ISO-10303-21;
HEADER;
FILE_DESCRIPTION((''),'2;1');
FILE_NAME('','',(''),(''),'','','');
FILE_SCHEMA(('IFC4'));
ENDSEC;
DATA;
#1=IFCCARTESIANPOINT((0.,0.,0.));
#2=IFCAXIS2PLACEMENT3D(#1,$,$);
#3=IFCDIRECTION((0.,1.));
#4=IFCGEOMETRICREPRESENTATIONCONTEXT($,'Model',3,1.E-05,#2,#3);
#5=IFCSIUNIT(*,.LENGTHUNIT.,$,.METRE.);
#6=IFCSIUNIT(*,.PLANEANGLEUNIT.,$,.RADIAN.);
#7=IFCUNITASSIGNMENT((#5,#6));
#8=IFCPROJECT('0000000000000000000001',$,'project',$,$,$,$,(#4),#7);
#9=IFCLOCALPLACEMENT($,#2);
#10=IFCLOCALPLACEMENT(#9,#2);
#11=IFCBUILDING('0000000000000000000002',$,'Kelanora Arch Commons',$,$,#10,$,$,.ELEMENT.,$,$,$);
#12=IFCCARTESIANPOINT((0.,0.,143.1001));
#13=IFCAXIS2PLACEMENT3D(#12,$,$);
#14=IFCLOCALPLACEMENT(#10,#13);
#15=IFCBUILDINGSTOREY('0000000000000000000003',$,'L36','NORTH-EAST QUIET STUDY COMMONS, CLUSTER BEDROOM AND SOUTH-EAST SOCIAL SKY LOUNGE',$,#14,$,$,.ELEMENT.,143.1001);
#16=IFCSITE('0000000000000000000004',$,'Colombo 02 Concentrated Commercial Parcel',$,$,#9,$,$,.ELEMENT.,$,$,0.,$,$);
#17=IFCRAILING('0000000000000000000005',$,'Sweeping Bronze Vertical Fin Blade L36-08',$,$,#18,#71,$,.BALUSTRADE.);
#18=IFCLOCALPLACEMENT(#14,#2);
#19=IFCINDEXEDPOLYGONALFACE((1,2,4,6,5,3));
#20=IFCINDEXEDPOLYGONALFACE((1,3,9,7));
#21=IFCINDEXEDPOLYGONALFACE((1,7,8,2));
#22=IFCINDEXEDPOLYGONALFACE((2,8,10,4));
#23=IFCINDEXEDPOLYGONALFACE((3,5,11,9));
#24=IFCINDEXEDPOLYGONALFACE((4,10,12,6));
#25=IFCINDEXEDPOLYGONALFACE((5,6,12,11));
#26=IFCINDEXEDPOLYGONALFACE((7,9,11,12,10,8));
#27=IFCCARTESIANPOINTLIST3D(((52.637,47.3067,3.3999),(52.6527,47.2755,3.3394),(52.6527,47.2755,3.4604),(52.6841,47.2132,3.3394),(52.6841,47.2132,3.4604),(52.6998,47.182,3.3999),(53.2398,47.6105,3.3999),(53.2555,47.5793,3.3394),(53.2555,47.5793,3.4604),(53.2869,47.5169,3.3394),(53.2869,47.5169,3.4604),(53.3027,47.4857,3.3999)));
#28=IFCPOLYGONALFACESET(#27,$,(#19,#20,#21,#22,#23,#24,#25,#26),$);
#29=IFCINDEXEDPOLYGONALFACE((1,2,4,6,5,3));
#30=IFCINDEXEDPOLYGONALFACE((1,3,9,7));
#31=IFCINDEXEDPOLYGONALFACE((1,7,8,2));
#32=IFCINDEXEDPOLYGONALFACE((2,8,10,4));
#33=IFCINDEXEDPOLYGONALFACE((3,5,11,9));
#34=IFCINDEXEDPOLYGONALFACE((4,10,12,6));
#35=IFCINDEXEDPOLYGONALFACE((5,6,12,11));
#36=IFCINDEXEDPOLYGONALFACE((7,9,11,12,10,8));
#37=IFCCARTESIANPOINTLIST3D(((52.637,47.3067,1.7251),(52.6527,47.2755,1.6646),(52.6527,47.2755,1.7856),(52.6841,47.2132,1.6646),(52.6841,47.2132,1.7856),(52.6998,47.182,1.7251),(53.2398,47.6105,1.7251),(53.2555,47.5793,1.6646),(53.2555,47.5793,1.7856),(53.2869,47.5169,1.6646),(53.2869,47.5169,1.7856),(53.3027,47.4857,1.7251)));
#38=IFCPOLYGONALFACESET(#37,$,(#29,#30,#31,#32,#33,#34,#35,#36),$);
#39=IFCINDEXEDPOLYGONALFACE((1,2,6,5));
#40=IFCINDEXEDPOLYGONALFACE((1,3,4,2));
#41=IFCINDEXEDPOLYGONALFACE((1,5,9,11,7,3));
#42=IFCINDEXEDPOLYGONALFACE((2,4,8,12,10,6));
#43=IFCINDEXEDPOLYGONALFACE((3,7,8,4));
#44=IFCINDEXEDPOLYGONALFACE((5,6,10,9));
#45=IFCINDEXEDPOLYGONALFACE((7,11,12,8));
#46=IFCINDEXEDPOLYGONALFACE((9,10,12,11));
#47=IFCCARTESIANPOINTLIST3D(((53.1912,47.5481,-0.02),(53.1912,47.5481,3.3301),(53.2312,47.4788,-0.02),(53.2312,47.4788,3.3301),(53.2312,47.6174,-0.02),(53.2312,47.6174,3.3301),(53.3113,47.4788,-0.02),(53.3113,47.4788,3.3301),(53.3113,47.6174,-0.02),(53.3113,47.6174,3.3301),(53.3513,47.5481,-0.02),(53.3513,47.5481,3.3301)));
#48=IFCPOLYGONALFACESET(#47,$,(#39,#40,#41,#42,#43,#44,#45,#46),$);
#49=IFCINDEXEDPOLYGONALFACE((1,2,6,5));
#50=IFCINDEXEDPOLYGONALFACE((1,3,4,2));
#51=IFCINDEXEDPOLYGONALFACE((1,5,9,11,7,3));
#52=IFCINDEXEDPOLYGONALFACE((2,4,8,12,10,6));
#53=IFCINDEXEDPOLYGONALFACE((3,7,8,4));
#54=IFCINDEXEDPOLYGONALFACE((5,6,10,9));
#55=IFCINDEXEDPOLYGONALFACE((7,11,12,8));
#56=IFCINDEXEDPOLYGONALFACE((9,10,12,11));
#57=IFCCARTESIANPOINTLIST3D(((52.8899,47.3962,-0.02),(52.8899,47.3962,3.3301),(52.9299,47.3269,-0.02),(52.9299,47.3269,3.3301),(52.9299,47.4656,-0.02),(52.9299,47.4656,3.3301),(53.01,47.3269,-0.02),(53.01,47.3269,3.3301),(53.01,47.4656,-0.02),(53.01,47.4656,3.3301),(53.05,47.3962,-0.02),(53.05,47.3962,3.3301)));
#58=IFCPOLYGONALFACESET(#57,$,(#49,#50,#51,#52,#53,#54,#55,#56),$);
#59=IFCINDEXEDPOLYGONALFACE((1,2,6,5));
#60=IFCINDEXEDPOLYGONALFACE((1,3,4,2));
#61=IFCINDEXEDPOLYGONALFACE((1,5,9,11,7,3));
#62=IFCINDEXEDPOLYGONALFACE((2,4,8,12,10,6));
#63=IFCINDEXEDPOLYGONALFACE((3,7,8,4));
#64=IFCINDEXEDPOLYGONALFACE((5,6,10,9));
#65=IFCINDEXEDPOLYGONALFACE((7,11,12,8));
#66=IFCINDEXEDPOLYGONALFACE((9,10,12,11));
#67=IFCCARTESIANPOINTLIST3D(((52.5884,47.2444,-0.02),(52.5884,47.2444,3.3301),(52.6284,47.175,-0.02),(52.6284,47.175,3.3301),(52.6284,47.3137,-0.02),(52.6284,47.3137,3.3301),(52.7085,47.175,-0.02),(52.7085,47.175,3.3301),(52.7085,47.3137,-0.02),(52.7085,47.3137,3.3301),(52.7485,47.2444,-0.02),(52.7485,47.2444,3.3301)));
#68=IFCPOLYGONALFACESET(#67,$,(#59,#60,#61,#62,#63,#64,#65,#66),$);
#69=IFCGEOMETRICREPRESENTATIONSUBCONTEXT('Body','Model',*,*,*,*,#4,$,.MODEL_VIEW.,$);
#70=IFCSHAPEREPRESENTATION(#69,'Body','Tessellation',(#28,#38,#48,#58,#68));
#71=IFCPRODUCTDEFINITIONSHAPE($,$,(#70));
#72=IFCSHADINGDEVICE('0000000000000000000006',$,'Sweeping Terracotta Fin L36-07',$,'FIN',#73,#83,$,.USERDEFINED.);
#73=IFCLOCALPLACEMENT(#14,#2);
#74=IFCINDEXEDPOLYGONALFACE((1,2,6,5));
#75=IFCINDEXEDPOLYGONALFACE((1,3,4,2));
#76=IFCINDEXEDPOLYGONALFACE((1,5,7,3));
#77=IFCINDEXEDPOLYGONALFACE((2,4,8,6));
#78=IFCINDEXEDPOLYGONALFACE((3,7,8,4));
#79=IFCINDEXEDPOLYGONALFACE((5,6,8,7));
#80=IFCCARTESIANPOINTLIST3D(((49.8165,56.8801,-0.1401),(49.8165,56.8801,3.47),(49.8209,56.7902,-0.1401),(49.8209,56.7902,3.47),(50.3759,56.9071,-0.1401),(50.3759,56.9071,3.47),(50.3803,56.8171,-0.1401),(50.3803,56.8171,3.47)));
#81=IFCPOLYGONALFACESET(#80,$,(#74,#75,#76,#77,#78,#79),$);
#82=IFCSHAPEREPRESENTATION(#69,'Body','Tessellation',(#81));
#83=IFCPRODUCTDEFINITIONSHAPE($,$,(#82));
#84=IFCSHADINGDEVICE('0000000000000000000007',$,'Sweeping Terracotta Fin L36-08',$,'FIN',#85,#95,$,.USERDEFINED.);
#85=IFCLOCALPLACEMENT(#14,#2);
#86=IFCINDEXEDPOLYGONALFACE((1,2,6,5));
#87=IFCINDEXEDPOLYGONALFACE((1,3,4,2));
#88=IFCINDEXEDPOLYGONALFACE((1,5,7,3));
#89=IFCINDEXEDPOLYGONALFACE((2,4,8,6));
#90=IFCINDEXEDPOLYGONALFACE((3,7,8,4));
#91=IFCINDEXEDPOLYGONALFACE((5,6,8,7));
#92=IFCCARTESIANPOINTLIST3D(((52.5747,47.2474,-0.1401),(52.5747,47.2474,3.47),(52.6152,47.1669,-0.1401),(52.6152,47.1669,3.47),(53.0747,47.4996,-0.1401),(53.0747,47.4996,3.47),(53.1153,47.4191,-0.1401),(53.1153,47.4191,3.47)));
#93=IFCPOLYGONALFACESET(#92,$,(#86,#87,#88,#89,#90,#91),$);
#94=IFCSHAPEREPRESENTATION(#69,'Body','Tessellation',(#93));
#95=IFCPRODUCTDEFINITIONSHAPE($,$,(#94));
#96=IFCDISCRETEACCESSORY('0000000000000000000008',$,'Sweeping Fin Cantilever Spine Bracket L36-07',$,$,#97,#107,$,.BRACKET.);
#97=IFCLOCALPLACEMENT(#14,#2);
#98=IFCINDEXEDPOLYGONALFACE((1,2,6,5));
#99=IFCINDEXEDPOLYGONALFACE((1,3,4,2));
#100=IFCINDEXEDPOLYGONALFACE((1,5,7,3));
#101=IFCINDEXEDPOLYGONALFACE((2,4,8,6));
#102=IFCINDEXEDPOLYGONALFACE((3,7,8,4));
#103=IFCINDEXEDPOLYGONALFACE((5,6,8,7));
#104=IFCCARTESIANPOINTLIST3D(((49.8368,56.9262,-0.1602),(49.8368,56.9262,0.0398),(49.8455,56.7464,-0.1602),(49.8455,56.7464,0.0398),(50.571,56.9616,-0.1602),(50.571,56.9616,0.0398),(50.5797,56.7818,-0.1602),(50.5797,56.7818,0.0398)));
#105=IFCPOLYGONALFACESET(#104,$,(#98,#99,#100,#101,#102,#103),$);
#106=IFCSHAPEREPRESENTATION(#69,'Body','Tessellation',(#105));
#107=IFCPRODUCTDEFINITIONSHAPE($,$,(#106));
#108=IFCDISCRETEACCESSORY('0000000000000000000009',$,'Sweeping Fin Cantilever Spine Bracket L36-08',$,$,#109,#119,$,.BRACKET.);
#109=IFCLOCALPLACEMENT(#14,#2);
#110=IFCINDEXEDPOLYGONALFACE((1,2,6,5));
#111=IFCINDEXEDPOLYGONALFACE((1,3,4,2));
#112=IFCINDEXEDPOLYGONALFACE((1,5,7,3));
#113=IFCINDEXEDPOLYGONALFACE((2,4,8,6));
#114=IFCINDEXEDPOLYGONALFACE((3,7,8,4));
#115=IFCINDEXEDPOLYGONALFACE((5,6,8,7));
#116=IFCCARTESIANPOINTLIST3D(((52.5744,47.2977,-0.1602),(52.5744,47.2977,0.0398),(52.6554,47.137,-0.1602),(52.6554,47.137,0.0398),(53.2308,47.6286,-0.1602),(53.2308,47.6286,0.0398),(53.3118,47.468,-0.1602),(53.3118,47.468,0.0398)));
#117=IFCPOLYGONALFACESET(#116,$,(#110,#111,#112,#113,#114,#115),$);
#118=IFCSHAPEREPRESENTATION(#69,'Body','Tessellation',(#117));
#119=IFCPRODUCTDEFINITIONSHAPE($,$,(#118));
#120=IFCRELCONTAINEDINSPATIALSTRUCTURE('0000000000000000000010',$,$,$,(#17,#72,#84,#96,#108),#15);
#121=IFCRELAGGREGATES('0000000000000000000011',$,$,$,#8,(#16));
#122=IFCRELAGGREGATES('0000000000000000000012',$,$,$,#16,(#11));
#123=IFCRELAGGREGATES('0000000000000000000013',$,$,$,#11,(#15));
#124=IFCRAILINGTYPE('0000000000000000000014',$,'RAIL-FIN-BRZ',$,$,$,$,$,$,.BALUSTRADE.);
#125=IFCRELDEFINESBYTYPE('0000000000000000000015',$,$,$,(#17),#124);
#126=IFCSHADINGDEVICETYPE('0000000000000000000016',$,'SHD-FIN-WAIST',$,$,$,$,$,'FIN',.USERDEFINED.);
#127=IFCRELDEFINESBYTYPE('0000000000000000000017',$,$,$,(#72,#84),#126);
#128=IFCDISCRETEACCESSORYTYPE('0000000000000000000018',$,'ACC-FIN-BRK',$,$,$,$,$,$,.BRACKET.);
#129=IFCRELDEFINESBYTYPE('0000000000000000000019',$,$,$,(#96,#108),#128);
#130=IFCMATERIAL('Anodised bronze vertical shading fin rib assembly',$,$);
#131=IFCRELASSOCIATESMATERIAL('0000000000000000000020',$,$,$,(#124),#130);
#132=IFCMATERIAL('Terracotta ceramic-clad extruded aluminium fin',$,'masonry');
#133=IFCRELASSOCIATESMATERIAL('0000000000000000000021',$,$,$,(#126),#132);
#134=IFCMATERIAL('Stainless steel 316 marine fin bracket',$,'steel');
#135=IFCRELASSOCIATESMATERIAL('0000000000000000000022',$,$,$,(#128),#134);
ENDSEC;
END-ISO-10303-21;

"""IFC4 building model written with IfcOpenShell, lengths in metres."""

from ifc_helpers import new_model, si_unit, direction, frame, origin, origin_2d, place, context, subcontext, project, spatial, polyline, rectangle, outline, extrude, source, transform, mapped, material, type_object, element, save


model = new_model("IFC4")

# Units and contexts
model_context = context("Model", 3, precision=1e-05, world=origin(), true_north=direction((0.0, 1.0)))
body_context = subcontext(model_context, "Body", "Model", "MODEL_VIEW")
ifc_project = project(units=[si_unit("LENGTHUNIT", "METRE"), si_unit("PLANEANGLEUNIT", "RADIAN")], contexts=[model_context])

# Site, building, storey
site_placement = place(None, origin())
site = spatial("IfcSite", under=ifc_project, at=site_placement, Name="Colombo 02 Concentrated Commercial Parcel", CompositionType="ELEMENT", RefElevation=0.0)
building_placement = place(site_placement, origin())
building = spatial("IfcBuilding", under=site, at=building_placement, Name="Kelanora Arch Commons", CompositionType="ELEMENT")
storey_placement = place(building_placement, frame((0.0, 0.0, 143.1001)))
storey = spatial("IfcBuildingStorey", under=building, at=storey_placement, Name="L36", Description="NORTH-EAST QUIET STUDY COMMONS, CLUSTER BEDROOM AND SOUTH-EAST SOCIAL SKY LOUNGE", CompositionType="ELEMENT", Elevation=143.1001)

# Railing
ifc_material_1 = material(Name="Anodised bronze vertical shading fin rib assembly")
railing_type = type_object("IfcRailingType", Name="RAIL-FIN-BRZ", PredefinedType="BALUSTRADE", material=ifc_material_1)
railing_1_placement = place(storey_placement, frame((53.2712, 47.5481, -0.02)))
element("IfcRailing", 1, at=railing_1_placement, inside=storey, type_object=railing_type, Name="Sweeping Bronze Vertical Fin Blade L36-08", PredefinedType="BALUSTRADE", context=body_context, shape_type="SweptSolid", body=[
    extrude(outline(polyline([(0.0698, 0.0), (0.0349, 0.0605), (-0.0349, 0.0605), (-0.0698, 0.0), (-0.0349, -0.0605), (0.0349, -0.0605), (0.0698, 0.0)])), frame((0.0, 0.0, 3.4199), z_axis=(-0.893048, -0.44996, 0.0), x_axis=(0.44996, -0.893048, 0.0)), (0.0, 0.0, 1.0), 0.675),
    extrude(outline(polyline([(0.0698, 0.0), (0.0349, 0.0605), (-0.0349, 0.0605), (-0.0698, 0.0), (-0.0349, -0.0605), (0.0349, -0.0605), (0.0698, 0.0)])), frame((0.0, 0.0, 1.7451), z_axis=(-0.893048, -0.44996, 0.0), x_axis=(0.44996, -0.893048, 0.0)), (0.0, 0.0, 1.0), 0.675),
    extrude(outline(polyline([(0.0801, 0.0), (0.04, 0.0693), (-0.04, 0.0693), (-0.0801, 0.0), (-0.04, -0.0693), (0.04, -0.0693), (0.0801, 0.0)])), origin(), (0.0, 0.0, 1.0), 3.3501),
    extrude(outline(polyline([(0.0801, 0.0), (0.04, 0.0693), (-0.04, 0.0693), (-0.0801, 0.0), (-0.04, -0.0693), (0.04, -0.0693), (0.0801, 0.0)])), frame((-0.3013, -0.1519, 0.0)), (0.0, 0.0, 1.0), 3.3501),
    extrude(outline(polyline([(0.0801, 0.0), (0.04, 0.0693), (-0.04, 0.0693), (-0.0801, 0.0), (-0.04, -0.0693), (0.04, -0.0693), (0.0801, 0.0)])), frame((-0.6028, -0.3037, 0.0)), (0.0, 0.0, 1.0), 3.3501),
])

# Shading devices
ifc_material_2 = material(Name="Terracotta ceramic-clad extruded aluminium fin", Category="masonry")
shading_device_type = type_object("IfcShadingDeviceType", Name="SHD-FIN-WAIST", ElementType="FIN", PredefinedType="USERDEFINED", material=ifc_material_2)
shared_shape_1 = source(origin(), body_context, "Body", "SweptSolid", [
    extrude(rectangle(XDim=0.5601, YDim=0.0901, at=origin_2d()), origin(), (0.0, 0.0, 1.0), 3.6101),
])
for number, where, z_axis, x_axis, name in (
    (2, (50.0984, 56.8486, -0.1401), (0.0, 0.0, 1.0), (-0.99884, -0.048152, 0.0), "Sweeping Terracotta Fin L36-07"),
    (3, (52.845, 47.3333, -0.1401), (0.0, 0.0, 1.0), (-0.8929, -0.450254, 0.0), "Sweeping Terracotta Fin L36-08"),
):
    element("IfcShadingDevice", number, at=place(storey_placement, frame(where, z_axis=z_axis, x_axis=x_axis)), inside=storey, type_object=shading_device_type, Name=name, ObjectType="FIN", PredefinedType="USERDEFINED", context=body_context, shape_type="MappedRepresentation", body=[
        mapped(shared_shape_1, transform((0.0, 0.0, 0.0), scale=1.0)),
    ])

# Discrete accessories
ifc_material_3 = material(Name="Stainless steel 316 marine fin bracket", Category="steel")
discrete_accessory_type = type_object("IfcDiscreteAccessoryType", Name="ACC-FIN-BRK", PredefinedType="BRACKET", material=ifc_material_3)
shared_shape_2 = source(origin(), body_context, "Body", "SweptSolid", [
    extrude(rectangle(XDim=0.7351, YDim=0.1799, at=origin_2d()), origin(), (0.0, 0.0, 1.0), 0.2),
])
for number, where, z_axis, x_axis, name in (
    (4, (50.2083, 56.854, -0.1602), (0.0, 0.0, 1.0), (-0.99884, -0.048152, 0.0), "Sweeping Fin Cantilever Spine Bracket L36-07"),
    (5, (52.9431, 47.3828, -0.1602), (0.0, 0.0, 1.0), (-0.8929, -0.450254, 0.0), "Sweeping Fin Cantilever Spine Bracket L36-08"),
):
    element("IfcDiscreteAccessory", number, at=place(storey_placement, frame(where, z_axis=z_axis, x_axis=x_axis)), inside=storey, type_object=discrete_accessory_type, Name=name, PredefinedType="BRACKET", context=body_context, shape_type="MappedRepresentation", body=[
        mapped(shared_shape_2, transform((0.0, 0.0, 0.0), scale=1.0)),
    ])

save(model, "model.ifc")
